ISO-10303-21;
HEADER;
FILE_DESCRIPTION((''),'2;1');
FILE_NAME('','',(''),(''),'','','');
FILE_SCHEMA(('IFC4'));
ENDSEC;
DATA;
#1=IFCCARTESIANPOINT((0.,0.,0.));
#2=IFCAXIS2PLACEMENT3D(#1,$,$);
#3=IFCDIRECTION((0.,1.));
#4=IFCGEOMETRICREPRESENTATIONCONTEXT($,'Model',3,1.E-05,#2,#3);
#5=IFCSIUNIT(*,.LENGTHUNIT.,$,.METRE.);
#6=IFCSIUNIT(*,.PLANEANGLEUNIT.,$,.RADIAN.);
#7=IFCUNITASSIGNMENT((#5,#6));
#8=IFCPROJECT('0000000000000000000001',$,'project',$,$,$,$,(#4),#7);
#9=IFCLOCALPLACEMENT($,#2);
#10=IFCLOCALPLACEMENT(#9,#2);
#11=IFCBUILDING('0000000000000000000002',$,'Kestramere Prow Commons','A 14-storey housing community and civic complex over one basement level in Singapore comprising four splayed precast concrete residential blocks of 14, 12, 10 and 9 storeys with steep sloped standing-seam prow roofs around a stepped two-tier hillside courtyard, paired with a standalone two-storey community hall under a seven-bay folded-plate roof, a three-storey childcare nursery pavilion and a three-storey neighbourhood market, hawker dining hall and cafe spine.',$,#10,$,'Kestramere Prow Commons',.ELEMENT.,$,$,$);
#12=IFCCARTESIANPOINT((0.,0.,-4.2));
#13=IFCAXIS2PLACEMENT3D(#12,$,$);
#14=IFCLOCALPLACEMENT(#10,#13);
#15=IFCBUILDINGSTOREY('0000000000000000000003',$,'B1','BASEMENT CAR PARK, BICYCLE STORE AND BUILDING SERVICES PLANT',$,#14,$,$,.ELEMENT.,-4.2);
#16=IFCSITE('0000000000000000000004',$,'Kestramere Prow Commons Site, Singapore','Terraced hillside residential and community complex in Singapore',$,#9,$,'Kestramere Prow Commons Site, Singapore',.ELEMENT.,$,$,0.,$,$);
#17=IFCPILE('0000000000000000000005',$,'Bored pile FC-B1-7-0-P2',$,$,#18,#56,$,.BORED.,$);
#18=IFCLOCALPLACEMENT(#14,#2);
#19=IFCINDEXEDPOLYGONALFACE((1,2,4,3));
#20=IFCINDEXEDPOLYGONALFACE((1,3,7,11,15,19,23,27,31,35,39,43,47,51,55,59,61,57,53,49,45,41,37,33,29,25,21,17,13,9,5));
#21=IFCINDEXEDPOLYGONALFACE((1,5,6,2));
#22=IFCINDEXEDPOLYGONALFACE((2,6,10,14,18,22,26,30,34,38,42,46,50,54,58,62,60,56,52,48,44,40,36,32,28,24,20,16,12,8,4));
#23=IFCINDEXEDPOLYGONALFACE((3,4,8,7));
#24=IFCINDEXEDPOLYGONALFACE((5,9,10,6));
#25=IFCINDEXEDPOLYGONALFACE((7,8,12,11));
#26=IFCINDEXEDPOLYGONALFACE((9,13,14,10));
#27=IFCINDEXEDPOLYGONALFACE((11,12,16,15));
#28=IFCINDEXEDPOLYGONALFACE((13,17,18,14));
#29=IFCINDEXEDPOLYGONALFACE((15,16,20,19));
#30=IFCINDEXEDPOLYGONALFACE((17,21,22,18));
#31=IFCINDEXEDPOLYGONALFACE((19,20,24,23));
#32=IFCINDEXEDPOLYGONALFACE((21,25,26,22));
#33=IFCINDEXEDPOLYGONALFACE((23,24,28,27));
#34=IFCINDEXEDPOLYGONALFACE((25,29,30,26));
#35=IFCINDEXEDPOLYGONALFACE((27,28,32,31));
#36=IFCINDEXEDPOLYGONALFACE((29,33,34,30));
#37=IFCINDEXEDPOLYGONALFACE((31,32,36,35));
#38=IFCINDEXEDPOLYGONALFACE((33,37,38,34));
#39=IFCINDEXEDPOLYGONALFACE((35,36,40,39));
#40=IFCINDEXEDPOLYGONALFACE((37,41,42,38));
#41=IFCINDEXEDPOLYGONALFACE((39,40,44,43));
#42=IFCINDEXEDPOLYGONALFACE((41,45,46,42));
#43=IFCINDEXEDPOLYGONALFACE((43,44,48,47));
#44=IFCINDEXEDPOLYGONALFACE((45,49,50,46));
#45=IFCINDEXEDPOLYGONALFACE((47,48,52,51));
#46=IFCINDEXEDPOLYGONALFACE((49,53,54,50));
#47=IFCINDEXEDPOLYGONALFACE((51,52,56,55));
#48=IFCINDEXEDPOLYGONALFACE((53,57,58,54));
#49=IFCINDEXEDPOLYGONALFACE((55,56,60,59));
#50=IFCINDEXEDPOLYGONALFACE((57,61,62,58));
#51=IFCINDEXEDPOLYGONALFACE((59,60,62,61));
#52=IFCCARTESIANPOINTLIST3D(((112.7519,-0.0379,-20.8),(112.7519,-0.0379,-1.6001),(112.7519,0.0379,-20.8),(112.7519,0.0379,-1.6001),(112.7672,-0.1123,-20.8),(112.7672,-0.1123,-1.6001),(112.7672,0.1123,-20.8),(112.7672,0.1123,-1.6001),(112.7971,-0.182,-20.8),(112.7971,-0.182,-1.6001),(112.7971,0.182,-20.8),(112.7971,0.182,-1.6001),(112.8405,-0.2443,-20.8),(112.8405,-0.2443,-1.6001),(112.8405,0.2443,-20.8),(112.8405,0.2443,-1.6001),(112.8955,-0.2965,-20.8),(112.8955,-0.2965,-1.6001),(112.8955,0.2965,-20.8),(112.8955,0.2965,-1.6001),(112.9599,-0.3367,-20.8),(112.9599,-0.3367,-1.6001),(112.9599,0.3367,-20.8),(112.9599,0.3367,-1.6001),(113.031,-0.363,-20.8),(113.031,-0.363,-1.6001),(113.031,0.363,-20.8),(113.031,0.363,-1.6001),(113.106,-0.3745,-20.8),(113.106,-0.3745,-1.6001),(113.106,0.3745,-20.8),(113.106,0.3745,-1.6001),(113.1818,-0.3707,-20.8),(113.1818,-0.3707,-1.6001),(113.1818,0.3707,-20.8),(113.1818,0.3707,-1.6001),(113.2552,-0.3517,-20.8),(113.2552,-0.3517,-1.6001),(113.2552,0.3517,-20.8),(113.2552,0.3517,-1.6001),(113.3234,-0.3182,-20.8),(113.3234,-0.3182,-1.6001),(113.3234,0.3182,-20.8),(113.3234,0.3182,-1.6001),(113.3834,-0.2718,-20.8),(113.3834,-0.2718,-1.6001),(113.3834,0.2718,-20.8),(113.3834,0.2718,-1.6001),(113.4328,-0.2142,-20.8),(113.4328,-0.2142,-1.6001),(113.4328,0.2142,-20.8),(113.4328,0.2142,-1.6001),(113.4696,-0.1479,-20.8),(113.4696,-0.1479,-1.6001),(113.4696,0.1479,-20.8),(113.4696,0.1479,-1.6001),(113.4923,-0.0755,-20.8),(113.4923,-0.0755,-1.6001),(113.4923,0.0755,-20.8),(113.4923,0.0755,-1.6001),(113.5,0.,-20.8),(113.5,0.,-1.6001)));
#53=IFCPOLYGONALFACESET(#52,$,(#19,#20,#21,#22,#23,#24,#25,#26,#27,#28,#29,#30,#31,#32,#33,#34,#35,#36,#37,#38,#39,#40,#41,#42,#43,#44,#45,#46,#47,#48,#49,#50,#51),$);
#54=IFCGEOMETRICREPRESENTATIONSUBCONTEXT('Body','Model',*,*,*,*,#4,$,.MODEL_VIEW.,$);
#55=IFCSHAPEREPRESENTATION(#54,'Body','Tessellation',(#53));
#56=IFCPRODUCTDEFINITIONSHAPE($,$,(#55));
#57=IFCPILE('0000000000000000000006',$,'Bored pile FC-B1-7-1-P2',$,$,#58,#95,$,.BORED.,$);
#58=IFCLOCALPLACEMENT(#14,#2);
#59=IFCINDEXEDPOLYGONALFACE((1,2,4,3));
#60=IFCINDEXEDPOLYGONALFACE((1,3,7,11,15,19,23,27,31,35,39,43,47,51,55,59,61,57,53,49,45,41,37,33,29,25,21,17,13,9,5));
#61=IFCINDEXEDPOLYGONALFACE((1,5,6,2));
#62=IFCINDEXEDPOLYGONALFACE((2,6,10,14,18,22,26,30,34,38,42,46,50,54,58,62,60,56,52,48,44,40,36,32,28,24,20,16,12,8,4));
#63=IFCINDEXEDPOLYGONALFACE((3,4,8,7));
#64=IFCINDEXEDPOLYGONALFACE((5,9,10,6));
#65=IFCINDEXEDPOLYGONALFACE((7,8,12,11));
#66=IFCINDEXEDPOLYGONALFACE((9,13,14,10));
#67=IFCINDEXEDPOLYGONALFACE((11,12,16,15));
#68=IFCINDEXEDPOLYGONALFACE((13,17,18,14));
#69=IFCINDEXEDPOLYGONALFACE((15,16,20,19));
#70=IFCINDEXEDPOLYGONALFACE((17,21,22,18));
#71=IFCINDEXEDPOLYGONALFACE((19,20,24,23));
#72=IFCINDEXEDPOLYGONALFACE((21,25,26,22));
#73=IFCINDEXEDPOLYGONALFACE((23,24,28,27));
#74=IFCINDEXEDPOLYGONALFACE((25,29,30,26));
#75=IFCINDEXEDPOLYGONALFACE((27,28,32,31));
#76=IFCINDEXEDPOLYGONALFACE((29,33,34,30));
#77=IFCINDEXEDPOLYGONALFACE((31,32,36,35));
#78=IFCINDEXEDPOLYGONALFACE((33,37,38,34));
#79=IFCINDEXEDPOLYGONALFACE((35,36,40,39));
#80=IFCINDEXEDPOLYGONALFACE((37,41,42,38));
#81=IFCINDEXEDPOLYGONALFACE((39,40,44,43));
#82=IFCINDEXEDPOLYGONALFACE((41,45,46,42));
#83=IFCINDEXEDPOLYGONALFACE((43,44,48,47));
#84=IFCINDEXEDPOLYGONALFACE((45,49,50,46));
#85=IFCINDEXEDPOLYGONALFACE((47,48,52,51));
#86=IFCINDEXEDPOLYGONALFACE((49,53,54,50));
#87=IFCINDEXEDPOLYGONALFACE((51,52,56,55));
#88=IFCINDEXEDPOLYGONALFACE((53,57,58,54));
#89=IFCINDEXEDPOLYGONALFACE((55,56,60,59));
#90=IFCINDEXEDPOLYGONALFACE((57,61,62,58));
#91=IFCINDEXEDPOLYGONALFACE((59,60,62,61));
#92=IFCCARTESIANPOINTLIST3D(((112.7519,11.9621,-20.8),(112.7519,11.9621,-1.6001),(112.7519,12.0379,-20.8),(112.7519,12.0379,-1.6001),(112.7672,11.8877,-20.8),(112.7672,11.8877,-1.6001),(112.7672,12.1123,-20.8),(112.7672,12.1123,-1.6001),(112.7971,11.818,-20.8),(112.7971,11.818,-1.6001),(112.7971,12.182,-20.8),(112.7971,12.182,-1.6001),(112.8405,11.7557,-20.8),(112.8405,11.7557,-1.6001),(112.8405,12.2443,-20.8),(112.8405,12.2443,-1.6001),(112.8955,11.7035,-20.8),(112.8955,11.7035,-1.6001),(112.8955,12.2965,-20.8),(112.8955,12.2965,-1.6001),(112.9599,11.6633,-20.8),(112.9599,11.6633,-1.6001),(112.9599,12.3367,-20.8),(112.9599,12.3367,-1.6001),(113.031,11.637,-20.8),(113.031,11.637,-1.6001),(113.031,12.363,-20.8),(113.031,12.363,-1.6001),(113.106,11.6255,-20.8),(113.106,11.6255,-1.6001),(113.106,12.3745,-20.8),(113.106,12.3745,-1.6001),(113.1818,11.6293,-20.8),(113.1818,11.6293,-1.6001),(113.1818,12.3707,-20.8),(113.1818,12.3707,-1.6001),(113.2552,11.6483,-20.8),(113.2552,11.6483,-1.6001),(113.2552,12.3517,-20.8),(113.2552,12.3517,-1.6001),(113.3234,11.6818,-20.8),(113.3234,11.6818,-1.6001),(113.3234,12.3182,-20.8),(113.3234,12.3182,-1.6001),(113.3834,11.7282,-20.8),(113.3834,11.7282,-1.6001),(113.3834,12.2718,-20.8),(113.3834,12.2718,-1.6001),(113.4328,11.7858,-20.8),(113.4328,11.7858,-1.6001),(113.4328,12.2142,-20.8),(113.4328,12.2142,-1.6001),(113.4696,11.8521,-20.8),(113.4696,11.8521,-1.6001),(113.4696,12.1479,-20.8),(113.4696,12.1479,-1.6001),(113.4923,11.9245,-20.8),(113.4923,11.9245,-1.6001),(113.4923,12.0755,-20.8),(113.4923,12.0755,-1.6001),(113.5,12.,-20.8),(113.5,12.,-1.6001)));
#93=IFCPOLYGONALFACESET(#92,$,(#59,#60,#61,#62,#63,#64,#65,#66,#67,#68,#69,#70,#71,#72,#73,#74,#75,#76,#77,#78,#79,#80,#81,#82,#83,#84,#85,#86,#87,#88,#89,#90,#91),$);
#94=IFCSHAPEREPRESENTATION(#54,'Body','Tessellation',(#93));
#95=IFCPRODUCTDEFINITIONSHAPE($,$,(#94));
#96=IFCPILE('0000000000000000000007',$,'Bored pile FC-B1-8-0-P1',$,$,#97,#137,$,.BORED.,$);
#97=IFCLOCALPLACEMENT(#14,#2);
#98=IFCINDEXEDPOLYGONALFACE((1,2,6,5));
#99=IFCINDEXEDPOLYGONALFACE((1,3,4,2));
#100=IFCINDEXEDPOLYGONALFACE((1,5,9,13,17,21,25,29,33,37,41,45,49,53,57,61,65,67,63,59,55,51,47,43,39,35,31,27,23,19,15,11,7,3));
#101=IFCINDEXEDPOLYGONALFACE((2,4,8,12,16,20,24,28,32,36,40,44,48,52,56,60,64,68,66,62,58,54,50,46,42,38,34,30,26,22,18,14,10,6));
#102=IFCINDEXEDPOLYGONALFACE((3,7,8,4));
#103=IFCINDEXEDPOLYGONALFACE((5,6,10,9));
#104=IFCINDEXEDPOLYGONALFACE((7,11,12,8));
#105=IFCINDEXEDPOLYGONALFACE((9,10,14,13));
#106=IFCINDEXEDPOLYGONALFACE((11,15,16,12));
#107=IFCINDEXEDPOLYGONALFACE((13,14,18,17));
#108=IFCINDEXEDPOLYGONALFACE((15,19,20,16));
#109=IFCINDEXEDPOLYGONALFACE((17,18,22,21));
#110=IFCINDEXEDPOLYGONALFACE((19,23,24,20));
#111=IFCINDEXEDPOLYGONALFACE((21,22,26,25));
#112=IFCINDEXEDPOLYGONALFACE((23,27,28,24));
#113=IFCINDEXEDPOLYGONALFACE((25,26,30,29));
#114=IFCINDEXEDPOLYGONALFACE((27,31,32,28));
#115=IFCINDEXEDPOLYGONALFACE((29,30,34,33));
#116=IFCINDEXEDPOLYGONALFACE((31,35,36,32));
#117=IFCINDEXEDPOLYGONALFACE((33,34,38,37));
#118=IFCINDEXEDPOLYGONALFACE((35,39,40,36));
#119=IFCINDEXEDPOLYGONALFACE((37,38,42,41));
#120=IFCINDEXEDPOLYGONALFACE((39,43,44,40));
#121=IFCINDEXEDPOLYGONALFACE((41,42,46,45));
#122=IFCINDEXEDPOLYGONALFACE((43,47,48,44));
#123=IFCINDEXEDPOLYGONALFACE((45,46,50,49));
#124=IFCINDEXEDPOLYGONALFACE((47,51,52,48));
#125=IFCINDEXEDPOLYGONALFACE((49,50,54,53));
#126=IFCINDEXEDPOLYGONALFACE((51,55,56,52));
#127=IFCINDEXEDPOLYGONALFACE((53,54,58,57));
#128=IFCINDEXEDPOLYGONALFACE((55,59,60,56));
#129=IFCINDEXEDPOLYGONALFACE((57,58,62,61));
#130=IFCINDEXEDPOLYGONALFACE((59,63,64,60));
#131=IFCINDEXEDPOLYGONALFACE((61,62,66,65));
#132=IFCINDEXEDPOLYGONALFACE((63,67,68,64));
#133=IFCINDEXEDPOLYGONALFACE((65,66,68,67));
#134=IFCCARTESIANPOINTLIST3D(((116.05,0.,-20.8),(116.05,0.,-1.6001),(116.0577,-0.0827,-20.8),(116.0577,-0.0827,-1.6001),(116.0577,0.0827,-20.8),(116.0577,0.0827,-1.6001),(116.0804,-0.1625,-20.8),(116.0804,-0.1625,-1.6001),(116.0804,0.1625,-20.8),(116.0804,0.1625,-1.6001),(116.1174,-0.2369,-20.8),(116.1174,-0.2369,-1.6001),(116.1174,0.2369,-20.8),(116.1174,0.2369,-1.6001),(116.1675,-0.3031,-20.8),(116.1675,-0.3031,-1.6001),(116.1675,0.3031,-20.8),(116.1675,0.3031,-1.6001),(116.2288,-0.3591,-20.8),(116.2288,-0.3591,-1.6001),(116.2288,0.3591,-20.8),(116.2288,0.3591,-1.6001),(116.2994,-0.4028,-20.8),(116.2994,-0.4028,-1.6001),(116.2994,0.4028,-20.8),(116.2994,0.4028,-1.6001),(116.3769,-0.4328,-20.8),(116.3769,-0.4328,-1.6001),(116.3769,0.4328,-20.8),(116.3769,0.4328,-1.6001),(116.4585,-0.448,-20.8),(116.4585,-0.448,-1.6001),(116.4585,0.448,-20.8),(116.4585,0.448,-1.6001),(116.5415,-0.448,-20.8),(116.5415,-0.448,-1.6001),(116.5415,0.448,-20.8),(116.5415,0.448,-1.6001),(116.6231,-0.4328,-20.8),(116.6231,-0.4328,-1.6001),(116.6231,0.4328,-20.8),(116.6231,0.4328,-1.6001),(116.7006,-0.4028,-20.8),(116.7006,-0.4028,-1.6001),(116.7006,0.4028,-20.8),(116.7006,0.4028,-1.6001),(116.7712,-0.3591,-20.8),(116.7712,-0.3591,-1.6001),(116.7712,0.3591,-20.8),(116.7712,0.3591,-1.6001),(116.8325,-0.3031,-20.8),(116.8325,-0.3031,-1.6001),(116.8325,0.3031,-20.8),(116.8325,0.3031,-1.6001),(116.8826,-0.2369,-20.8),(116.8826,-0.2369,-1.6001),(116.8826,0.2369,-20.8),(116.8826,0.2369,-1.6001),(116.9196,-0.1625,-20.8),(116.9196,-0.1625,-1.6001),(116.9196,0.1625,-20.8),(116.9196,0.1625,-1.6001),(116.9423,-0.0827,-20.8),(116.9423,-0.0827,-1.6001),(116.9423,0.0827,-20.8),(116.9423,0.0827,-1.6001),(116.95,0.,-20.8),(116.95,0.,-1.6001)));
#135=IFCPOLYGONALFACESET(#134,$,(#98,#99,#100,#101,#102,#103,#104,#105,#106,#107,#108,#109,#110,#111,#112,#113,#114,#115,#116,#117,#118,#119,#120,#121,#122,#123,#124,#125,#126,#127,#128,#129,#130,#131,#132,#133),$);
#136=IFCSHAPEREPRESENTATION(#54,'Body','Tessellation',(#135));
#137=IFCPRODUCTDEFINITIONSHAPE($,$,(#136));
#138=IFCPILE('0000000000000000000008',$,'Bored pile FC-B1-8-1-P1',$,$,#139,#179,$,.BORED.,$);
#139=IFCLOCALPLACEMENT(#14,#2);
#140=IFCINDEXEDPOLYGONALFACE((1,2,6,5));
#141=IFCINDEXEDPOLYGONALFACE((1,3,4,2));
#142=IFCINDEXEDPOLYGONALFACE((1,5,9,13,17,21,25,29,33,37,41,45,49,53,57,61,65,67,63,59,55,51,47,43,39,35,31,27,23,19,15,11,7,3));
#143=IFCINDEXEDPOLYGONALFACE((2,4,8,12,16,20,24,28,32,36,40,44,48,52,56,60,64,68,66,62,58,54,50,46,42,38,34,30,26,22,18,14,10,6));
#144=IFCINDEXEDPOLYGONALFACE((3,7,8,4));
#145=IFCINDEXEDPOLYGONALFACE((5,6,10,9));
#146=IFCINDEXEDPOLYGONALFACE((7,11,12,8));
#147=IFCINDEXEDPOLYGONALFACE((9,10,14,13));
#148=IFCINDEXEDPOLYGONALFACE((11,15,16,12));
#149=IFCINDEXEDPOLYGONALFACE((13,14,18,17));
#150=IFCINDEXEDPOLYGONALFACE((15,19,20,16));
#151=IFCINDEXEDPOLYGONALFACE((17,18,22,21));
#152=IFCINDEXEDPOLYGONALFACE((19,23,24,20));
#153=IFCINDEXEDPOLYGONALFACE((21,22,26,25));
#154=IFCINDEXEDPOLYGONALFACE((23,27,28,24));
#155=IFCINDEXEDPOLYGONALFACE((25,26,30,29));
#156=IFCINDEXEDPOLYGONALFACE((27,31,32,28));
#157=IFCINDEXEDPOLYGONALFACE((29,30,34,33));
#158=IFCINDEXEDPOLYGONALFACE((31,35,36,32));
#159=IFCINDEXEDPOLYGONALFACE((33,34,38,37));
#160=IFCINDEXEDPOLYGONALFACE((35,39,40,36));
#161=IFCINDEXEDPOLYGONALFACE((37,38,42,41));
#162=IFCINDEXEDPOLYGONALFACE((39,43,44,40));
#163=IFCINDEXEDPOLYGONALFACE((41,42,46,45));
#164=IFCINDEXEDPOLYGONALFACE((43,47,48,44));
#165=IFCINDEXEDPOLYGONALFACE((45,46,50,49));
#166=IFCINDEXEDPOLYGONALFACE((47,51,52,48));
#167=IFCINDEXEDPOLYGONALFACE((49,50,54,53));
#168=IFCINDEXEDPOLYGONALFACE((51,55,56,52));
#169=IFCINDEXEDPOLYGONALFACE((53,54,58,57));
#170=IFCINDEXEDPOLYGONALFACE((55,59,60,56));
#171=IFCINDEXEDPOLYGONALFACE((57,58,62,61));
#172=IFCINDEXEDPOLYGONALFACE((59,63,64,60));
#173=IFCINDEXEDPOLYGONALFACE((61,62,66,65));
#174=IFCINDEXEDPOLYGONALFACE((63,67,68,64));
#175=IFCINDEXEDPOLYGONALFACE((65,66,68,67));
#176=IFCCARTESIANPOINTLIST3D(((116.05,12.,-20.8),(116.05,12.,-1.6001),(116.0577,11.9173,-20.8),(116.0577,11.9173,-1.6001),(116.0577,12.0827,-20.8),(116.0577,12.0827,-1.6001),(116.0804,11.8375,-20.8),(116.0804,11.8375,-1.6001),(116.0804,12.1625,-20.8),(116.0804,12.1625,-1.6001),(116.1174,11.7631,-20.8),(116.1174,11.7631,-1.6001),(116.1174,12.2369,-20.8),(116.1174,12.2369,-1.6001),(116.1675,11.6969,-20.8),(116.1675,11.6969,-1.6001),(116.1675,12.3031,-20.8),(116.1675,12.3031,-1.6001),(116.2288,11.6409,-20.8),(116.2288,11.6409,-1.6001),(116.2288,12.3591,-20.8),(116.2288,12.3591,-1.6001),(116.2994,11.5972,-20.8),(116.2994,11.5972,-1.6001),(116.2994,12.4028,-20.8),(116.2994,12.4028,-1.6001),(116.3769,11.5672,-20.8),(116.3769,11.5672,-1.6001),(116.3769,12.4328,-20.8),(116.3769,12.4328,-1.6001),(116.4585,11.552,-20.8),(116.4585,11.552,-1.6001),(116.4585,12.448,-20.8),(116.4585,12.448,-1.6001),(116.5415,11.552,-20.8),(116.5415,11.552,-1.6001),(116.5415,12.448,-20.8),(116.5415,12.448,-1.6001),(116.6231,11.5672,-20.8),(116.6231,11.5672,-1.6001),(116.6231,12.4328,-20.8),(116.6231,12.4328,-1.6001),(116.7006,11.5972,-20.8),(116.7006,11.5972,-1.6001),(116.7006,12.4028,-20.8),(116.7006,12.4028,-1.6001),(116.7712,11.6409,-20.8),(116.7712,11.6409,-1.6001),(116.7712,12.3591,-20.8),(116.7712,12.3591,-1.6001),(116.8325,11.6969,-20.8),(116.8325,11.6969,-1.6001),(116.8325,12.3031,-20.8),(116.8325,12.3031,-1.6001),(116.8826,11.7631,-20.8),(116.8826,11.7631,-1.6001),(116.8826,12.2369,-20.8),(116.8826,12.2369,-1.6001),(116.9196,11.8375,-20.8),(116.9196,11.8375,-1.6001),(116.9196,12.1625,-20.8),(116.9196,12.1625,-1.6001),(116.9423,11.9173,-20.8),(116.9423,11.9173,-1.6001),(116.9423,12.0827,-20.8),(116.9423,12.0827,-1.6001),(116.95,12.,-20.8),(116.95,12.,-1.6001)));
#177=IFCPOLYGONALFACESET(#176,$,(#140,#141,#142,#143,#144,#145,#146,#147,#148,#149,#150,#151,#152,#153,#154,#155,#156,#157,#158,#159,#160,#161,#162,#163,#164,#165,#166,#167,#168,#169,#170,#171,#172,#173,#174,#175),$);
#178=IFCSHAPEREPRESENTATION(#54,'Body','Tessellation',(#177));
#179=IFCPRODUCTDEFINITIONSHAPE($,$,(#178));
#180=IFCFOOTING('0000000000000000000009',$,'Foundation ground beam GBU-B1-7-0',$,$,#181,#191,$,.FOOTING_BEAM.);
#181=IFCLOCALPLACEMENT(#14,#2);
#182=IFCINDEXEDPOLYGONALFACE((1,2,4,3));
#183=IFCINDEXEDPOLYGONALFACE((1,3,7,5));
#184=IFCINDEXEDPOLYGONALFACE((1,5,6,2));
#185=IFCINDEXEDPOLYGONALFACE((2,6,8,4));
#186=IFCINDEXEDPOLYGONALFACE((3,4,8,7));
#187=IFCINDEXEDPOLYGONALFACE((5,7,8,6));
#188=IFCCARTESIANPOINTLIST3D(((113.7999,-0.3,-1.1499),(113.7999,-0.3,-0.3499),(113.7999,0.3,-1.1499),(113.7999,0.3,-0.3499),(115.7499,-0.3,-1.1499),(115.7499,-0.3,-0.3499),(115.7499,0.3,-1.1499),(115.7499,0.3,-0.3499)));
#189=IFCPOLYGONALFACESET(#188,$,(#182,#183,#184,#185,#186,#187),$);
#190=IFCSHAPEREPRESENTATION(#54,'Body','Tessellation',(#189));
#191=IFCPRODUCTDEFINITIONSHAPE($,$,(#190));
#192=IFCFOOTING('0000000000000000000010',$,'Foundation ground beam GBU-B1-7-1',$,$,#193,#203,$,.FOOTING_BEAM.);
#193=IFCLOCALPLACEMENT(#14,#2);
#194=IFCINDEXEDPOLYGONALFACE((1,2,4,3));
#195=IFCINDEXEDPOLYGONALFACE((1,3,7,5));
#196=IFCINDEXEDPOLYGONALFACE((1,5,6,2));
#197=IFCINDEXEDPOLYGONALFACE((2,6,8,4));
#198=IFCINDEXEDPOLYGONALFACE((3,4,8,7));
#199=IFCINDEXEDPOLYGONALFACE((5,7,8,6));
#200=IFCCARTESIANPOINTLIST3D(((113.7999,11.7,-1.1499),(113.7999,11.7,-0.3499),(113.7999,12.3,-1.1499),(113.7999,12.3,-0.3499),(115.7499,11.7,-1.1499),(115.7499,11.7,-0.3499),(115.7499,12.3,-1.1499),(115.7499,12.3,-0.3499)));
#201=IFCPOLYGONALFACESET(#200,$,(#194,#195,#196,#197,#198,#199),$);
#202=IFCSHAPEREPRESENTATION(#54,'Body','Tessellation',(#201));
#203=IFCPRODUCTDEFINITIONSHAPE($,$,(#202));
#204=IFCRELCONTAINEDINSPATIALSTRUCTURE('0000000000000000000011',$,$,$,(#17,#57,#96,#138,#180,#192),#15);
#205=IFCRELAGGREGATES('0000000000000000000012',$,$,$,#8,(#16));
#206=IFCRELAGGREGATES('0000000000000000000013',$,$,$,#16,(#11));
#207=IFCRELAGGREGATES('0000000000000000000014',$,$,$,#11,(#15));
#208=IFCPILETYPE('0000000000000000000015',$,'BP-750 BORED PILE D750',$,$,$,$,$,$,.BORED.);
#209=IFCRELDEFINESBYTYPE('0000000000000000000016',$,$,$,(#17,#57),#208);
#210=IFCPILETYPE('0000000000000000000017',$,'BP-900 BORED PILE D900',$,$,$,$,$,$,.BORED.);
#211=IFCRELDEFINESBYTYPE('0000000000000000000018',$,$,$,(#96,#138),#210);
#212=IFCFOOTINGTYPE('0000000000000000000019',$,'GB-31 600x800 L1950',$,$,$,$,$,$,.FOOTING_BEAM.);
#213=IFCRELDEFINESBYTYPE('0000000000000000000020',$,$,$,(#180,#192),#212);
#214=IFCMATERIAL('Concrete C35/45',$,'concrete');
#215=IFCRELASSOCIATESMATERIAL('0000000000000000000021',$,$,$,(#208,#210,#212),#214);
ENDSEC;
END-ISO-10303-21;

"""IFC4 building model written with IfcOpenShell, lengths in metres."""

from ifc_helpers import new_model, si_unit, direction, frame, origin, origin_2d, place, context, subcontext, project, spatial, rectangle, circle, extrude, material, material_profile, profile_set, type_object, element, save


model = new_model("IFC4")

# Units and contexts
model_context = context("Model", 3, precision=1e-05, world=origin(), true_north=direction((0.0, 1.0)))
body_context = subcontext(model_context, "Body", "Model", "MODEL_VIEW")
ifc_project = project(units=[si_unit("LENGTHUNIT", "METRE"), si_unit("PLANEANGLEUNIT", "RADIAN")], contexts=[model_context])

# Site, building, storey
site_placement = place(None, origin())
site = spatial("IfcSite", under=ifc_project, at=site_placement, Name="Kestramere Prow Commons Site, Singapore", Description="Terraced hillside residential and community complex in Singapore", LongName="Kestramere Prow Commons Site, Singapore", CompositionType="ELEMENT", RefElevation=0.0)
building_placement = place(site_placement, origin())
building = spatial("IfcBuilding", under=site, at=building_placement, Name="Kestramere Prow Commons", Description="A 14-storey housing community and civic complex over one basement level in Singapore comprising four splayed precast concrete residential blocks of 14, 12, 10 and 9 storeys with steep sloped standing-seam prow roofs around a stepped two-tier hillside courtyard, paired with a standalone two-storey community hall under a seven-bay folded-plate roof, a three-storey childcare nursery pavilion and a three-storey neighbourhood market, hawker dining hall and cafe spine.", LongName="Kestramere Prow Commons", CompositionType="ELEMENT")
storey_placement = place(building_placement, frame((0.0, 0.0, -4.2)))
storey = spatial("IfcBuildingStorey", under=building, at=storey_placement, Name="B1", Description="BASEMENT CAR PARK, BICYCLE STORE AND BUILDING SERVICES PLANT", CompositionType="ELEMENT", Elevation=-4.2)

# Piles
ifc_material_1 = material(Name="Concrete C35/45", Category="concrete")
ifc_material_profile_1 = material_profile(ifc_material_1, circle(Radius=0.375, at=origin_2d()), Name="BORED PILE D750")
ifc_profile_set_1 = profile_set([ifc_material_profile_1], Name="Concrete C35/45")
pile_type_1 = type_object("IfcPileType", Name="BP-750 BORED PILE D750", PredefinedType="BORED", material=ifc_profile_set_1)
for number, where, z_axis, x_axis, name in (
    (1, (113.125, 0.0, -1.6001), (0.0, 0.0, -1.0), (1.0, 0.0, 0.0), "Bored pile FC-B1-7-0-P2"),
    (2, (113.125, 12.0, -1.6001), (0.0, 0.0, -1.0), (1.0, 0.0, 0.0), "Bored pile FC-B1-7-1-P2"),
):
    element("IfcPile", number, at=place(storey_placement, frame(where, z_axis=z_axis, x_axis=x_axis)), inside=storey, type_object=pile_type_1, Name=name, PredefinedType="BORED", context=body_context, shape_type="SweptSolid", body=[
        extrude(circle(Radius=0.375, at=origin_2d()), origin(), (0.0, 0.0, 1.0), 19.2),
    ])
ifc_material_profile_2 = material_profile(ifc_material_1, circle(Radius=0.45, at=origin_2d()), Name="BORED PILE D900")
ifc_profile_set_2 = profile_set([ifc_material_profile_2], Name="Concrete C35/45")
pile_type_2 = type_object("IfcPileType", Name="BP-900 BORED PILE D900", PredefinedType="BORED", material=ifc_profile_set_2)
for number, where, z_axis, x_axis, name in (
    (3, (116.5, 0.0, -1.6001), (0.0, 0.0, -1.0), (1.0, 0.0, 0.0), "Bored pile FC-B1-8-0-P1"),
    (4, (116.5, 12.0, -1.6001), (0.0, 0.0, -1.0), (1.0, 0.0, 0.0), "Bored pile FC-B1-8-1-P1"),
):
    element("IfcPile", number, at=place(storey_placement, frame(where, z_axis=z_axis, x_axis=x_axis)), inside=storey, type_object=pile_type_2, Name=name, PredefinedType="BORED", context=body_context, shape_type="SweptSolid", body=[
        extrude(circle(Radius=0.45, at=origin_2d()), origin(), (0.0, 0.0, 1.0), 19.2),
    ])

# Footings
footing_type_1 = type_object("IfcFootingType", Name="GB-31 600x800 L1950", PredefinedType="FOOTING_BEAM", material=ifc_material_1)
for number, where, z_axis, x_axis, name in (
    (5, (114.7749, 0.0, -1.1499), (0.0, 0.0, 1.0), (1.0, 0.0, 0.0), "Foundation ground beam GBU-B1-7-0"),
    (6, (114.7749, 12.0, -1.1499), (0.0, 0.0, 1.0), (1.0, 0.0, 0.0), "Foundation ground beam GBU-B1-7-1"),
):
    element("IfcFooting", number, at=place(storey_placement, frame(where, z_axis=z_axis, x_axis=x_axis)), inside=storey, type_object=footing_type_1, Name=name, PredefinedType="FOOTING_BEAM", context=body_context, shape_type="SweptSolid", body=[
        extrude(rectangle(XDim=1.95, YDim=0.6001, at=origin_2d()), origin(), (0.0, 0.0, 1.0), 0.8),
    ])

save(model, "model.ifc")
